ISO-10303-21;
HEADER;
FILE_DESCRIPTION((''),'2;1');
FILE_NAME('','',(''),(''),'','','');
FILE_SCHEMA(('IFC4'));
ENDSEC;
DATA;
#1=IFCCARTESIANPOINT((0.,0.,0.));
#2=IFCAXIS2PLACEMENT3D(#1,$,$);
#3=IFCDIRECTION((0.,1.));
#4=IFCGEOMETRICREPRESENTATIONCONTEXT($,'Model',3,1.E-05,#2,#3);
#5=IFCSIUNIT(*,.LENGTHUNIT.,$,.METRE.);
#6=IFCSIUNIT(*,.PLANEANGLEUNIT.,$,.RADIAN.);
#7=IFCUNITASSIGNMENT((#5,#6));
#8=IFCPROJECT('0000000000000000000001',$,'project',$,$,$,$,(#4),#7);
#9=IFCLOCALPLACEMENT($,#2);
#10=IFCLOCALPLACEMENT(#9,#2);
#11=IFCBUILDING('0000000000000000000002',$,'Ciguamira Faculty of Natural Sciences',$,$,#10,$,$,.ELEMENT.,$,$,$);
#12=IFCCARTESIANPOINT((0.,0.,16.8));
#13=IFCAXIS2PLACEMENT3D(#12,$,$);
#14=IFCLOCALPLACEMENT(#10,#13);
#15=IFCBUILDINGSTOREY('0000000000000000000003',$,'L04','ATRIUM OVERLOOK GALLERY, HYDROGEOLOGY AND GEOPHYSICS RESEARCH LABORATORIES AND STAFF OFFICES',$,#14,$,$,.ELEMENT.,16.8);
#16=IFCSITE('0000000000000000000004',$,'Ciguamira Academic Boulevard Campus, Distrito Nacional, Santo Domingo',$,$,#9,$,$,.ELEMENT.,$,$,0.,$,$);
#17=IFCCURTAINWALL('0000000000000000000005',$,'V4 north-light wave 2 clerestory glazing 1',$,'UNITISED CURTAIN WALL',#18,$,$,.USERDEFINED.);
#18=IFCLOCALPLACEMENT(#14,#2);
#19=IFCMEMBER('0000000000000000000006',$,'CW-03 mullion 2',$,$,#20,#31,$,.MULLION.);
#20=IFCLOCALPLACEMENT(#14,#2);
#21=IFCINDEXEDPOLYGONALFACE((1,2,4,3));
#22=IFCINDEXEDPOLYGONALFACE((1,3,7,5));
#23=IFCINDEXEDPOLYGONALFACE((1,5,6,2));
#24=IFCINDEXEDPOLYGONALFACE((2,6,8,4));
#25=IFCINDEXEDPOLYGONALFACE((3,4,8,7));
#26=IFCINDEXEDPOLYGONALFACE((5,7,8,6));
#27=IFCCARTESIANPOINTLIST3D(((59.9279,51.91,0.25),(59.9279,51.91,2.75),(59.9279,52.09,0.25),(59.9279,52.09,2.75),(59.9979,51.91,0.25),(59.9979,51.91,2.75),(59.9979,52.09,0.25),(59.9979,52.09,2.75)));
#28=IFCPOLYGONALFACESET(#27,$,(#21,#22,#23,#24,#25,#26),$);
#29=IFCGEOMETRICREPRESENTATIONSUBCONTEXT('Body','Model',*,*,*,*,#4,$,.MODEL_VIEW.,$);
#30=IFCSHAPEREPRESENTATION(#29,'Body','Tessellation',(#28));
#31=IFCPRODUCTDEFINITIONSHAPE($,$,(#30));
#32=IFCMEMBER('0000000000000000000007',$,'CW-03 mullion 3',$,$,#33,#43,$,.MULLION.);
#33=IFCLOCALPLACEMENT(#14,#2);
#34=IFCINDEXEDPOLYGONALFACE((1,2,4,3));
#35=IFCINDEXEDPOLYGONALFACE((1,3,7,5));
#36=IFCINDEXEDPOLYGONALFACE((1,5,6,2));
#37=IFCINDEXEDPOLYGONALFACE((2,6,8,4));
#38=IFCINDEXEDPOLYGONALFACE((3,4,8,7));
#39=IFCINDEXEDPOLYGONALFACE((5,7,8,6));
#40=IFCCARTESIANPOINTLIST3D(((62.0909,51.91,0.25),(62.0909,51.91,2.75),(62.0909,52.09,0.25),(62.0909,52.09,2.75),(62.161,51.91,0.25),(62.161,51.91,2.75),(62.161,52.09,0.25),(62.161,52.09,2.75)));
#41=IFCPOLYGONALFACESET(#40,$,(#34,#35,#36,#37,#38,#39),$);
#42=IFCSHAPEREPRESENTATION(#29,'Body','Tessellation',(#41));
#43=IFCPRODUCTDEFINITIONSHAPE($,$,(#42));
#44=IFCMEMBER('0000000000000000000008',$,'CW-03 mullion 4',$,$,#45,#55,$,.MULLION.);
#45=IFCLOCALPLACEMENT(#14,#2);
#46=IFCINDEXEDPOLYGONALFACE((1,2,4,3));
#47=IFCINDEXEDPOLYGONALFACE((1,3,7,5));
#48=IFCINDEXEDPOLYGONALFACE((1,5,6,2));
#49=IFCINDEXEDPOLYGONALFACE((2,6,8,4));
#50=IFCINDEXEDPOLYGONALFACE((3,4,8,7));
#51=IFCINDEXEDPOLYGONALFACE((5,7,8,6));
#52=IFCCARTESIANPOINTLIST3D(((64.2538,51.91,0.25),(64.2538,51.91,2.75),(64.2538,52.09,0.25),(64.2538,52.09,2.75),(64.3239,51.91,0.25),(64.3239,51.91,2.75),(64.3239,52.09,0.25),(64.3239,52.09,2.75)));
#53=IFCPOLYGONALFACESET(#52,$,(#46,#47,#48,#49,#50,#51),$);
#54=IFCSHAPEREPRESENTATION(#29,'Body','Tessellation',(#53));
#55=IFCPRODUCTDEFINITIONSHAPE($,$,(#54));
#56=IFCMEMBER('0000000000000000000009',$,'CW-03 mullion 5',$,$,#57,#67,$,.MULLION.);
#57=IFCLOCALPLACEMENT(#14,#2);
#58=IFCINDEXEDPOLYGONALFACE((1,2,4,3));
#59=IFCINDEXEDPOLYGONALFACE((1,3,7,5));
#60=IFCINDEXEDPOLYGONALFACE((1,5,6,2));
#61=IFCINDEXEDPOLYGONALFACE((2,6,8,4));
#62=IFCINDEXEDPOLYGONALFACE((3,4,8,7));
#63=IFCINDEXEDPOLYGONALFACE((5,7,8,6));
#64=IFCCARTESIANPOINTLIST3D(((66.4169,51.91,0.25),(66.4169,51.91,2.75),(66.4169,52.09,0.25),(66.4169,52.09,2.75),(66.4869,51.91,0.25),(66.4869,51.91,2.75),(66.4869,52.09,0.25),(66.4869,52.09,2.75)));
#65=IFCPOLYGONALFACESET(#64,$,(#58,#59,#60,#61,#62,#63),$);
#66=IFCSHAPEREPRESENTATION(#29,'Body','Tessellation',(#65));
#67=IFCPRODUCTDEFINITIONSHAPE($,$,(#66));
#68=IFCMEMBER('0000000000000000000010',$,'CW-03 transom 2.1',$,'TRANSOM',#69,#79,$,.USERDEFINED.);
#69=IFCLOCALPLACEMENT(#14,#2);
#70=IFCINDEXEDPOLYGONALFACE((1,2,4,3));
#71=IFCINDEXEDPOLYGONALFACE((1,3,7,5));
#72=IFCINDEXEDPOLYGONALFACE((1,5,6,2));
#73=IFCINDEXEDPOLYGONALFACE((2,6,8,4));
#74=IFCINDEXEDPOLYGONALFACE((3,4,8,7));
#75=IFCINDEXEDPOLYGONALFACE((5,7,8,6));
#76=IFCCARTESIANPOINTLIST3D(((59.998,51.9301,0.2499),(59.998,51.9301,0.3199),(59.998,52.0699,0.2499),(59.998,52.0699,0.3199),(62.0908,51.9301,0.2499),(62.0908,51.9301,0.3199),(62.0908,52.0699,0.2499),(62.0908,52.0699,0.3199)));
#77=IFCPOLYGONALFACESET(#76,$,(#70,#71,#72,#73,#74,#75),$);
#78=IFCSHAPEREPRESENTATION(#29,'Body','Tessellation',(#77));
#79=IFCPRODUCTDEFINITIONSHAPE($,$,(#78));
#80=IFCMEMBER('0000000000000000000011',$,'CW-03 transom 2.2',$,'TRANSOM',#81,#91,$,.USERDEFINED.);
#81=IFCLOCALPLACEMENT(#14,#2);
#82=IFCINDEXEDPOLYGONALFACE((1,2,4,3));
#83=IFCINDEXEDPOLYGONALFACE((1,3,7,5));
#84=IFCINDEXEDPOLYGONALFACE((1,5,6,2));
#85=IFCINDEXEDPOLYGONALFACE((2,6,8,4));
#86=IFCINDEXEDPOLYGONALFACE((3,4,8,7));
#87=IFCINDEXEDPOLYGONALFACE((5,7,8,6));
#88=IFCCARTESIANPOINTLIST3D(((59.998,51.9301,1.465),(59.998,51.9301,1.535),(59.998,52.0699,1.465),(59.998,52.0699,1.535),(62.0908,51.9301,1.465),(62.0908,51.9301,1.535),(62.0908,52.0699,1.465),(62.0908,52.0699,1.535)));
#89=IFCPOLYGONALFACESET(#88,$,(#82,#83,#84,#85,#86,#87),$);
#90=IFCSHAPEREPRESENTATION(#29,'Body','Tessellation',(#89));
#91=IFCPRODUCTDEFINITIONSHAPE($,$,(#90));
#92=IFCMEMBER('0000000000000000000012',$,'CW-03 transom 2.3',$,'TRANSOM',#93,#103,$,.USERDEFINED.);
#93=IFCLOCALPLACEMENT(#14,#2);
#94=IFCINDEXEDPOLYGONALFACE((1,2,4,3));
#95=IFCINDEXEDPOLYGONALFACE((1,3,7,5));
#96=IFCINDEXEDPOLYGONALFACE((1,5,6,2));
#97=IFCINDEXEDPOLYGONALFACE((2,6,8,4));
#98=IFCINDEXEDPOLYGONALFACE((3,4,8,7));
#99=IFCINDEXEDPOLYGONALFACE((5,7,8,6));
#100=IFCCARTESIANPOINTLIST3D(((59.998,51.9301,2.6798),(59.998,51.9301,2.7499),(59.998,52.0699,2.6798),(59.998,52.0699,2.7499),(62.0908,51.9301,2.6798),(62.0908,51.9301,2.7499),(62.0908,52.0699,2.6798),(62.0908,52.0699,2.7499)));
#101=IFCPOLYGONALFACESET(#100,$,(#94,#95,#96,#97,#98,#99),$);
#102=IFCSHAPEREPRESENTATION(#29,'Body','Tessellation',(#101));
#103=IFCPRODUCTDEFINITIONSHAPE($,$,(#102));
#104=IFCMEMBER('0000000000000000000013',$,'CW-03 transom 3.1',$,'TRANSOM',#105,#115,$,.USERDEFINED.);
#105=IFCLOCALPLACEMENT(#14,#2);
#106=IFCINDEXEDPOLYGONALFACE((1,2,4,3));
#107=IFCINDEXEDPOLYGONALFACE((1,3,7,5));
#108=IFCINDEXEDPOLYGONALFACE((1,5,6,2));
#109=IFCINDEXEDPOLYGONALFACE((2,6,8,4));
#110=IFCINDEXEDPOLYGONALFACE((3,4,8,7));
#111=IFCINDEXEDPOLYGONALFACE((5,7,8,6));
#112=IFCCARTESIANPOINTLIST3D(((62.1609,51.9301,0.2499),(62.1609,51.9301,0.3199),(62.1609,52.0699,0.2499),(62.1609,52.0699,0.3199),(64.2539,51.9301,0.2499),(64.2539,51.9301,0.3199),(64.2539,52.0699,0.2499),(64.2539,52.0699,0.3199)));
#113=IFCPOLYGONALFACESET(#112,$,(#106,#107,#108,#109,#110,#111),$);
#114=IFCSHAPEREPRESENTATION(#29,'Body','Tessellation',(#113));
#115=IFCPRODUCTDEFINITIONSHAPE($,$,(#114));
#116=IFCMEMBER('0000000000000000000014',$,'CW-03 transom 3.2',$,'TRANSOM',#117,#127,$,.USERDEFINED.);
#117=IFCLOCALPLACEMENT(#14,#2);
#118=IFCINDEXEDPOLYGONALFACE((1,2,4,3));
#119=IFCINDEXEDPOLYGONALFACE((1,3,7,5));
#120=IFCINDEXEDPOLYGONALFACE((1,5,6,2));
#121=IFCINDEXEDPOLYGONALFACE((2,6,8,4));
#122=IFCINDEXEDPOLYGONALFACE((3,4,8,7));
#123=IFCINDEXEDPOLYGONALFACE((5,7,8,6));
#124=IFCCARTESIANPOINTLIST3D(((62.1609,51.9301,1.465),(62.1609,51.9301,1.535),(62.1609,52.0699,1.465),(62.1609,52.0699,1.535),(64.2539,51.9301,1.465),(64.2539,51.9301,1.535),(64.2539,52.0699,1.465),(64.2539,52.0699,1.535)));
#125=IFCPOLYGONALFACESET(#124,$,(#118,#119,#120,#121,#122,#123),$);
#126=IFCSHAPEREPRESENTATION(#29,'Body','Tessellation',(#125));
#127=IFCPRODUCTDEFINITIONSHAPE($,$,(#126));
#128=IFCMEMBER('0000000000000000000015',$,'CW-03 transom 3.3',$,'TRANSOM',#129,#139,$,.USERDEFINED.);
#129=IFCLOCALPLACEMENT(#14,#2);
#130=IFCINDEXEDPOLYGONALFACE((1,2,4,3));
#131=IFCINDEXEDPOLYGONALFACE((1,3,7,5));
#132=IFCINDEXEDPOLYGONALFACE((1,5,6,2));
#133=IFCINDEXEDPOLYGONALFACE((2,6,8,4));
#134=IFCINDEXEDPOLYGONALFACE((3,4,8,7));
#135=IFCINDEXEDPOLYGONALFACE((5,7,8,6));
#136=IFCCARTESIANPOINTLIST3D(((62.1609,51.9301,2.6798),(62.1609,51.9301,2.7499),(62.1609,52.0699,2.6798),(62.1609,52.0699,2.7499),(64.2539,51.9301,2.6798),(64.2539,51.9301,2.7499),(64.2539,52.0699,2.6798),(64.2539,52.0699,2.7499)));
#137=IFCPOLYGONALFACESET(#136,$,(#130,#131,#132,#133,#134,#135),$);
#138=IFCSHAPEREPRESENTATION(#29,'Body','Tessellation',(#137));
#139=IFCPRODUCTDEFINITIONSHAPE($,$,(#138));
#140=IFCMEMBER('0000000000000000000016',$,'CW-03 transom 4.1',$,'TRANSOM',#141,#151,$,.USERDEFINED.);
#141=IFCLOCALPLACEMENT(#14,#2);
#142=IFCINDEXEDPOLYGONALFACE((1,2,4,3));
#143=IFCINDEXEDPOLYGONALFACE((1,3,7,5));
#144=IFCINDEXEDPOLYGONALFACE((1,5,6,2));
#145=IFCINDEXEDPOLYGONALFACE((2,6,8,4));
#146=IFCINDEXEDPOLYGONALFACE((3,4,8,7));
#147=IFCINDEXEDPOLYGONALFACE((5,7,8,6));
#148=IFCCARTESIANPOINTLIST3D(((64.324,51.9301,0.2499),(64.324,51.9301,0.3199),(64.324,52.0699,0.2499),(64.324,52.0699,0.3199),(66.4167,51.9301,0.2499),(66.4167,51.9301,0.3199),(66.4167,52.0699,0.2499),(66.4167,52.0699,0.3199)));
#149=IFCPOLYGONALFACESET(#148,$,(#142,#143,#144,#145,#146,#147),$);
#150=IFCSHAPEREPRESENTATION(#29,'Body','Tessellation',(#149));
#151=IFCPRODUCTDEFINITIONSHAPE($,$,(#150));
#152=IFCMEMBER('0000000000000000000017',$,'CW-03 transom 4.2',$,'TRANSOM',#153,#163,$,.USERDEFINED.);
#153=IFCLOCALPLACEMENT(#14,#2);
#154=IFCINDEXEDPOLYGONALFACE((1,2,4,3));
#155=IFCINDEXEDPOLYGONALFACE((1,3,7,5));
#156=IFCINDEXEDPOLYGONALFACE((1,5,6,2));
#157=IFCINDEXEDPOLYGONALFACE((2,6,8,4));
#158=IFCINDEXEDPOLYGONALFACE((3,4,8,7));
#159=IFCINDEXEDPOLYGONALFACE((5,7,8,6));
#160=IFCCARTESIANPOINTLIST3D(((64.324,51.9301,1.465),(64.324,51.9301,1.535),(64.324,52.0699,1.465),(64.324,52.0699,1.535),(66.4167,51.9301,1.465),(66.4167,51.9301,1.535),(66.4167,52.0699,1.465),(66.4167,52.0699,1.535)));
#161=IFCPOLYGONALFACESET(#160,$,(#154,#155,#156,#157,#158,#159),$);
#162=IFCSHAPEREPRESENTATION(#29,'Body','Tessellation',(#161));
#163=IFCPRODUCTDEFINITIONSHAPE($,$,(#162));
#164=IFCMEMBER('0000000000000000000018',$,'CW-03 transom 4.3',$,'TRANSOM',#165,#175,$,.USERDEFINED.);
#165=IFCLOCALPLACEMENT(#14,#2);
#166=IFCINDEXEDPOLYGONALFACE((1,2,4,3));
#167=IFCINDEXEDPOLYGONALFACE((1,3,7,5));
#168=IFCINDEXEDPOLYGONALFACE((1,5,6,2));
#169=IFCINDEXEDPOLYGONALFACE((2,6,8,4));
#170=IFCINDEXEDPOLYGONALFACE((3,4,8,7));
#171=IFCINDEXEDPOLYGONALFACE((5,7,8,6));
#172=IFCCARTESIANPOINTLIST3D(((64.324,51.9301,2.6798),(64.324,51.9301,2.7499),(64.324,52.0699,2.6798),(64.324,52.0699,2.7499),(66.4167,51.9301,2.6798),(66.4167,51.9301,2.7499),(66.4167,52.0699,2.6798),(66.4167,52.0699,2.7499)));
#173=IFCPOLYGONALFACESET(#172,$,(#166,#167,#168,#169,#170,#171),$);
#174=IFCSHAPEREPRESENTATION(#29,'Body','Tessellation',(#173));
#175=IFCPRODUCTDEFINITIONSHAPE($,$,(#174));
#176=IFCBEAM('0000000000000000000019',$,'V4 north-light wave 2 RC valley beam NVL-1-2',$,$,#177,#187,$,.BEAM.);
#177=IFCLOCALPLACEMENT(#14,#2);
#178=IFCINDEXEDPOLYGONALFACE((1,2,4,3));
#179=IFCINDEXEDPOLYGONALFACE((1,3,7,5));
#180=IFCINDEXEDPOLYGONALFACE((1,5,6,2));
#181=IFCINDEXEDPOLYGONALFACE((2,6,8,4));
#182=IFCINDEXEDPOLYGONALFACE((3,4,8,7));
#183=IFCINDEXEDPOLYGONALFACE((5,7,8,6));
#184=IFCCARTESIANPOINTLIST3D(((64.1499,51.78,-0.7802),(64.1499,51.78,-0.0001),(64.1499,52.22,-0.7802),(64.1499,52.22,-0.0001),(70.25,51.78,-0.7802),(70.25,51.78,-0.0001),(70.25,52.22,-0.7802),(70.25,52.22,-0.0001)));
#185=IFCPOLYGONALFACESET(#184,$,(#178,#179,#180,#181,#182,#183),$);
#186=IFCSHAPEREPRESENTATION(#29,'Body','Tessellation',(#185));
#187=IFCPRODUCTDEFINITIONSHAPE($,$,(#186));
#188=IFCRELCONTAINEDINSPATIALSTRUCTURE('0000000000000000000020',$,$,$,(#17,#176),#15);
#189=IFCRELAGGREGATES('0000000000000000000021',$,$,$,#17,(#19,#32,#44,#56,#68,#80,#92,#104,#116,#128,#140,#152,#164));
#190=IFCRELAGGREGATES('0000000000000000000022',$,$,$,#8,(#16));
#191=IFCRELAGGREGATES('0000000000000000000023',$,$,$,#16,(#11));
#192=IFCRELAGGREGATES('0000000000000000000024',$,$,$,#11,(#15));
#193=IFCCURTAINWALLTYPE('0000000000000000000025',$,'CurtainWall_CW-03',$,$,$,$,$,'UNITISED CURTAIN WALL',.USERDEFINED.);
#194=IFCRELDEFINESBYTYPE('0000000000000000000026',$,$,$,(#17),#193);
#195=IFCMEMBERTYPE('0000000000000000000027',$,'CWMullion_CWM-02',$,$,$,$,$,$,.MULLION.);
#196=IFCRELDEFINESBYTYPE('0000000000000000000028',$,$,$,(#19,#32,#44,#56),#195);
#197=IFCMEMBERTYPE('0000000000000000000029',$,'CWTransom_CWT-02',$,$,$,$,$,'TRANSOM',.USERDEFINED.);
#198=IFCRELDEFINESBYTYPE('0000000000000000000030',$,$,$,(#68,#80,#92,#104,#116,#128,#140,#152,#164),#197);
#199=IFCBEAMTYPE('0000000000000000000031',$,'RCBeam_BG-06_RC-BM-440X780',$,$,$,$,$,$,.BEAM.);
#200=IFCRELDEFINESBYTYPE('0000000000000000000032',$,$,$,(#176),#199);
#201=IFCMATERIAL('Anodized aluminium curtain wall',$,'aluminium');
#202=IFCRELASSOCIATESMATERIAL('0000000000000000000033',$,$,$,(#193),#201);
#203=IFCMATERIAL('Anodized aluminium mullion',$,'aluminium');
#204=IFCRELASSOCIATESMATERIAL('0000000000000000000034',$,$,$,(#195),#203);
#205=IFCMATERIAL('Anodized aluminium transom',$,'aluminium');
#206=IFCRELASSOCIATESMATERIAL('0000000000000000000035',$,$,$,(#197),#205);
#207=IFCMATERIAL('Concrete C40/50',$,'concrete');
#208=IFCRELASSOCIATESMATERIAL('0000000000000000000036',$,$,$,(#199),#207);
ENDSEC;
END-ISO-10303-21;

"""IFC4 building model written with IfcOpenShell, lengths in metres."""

from ifc_helpers import new_model, si_unit, direction, frame, origin, origin_2d, place, context, subcontext, project, spatial, rectangle, extrude, material, material_profile, profile_set, type_object, element, aggregate, save


model = new_model("IFC4")

# Units and contexts
model_context = context("Model", 3, precision=1e-05, world=origin(), true_north=direction((0.0, 1.0)))
body_context = subcontext(model_context, "Body", "Model", "MODEL_VIEW")
ifc_project = project(units=[si_unit("LENGTHUNIT", "METRE"), si_unit("PLANEANGLEUNIT", "RADIAN")], contexts=[model_context])

# Site, building, storey
site_placement = place(None, origin())
site = spatial("IfcSite", under=ifc_project, at=site_placement, Name="Ciguamira Academic Boulevard Campus, Distrito Nacional, Santo Domingo", CompositionType="ELEMENT", RefElevation=0.0)
building_placement = place(site_placement, origin())
building = spatial("IfcBuilding", under=site, at=building_placement, Name="Ciguamira Faculty of Natural Sciences", CompositionType="ELEMENT")
storey_placement = place(building_placement, frame((0.0, 0.0, 16.8)))
storey = spatial("IfcBuildingStorey", under=building, at=storey_placement, Name="L04", Description="ATRIUM OVERLOOK GALLERY, HYDROGEOLOGY AND GEOPHYSICS RESEARCH LABORATORIES AND STAFF OFFICES", CompositionType="ELEMENT", Elevation=16.8)

# Curtain wall, members
ifc_material_1 = material(Name="Anodized aluminium curtain wall", Category="aluminium")
curtain_wall_type = type_object("IfcCurtainWallType", Name="CurtainWall_CW-03", ElementType="UNITISED CURTAIN WALL", PredefinedType="USERDEFINED", material=ifc_material_1)
curtain_wall_placement = place(storey_placement, origin())
curtain_wall = element("IfcCurtainWall", 1, at=curtain_wall_placement, inside=storey, type_object=curtain_wall_type, Name="V4 north-light wave 2 clerestory glazing 1", ObjectType="UNITISED CURTAIN WALL", PredefinedType="USERDEFINED")
ifc_material_2 = material(Name="Anodized aluminium mullion", Category="aluminium")
ifc_material_profile_1 = material_profile(ifc_material_2, rectangle(XDim=0.0701, YDim=0.1799, at=origin_2d()), Name="ALU-MUL-70X180")
ifc_profile_set_1 = profile_set([ifc_material_profile_1], Name="Anodized aluminium mullion")
member_type_1 = type_object("IfcMemberType", Name="CWMullion_CWM-02", PredefinedType="MULLION", material=ifc_profile_set_1)
member_1_placement = place(storey_placement, frame((59.9629, 52.0, 0.25), z_axis=(0.0, 0.0, 1.0), x_axis=(1.0, 0.0, 0.0)))
member_1 = element("IfcMember", 2, at=member_1_placement, type_object=member_type_1, Name="CW-03 mullion 2", PredefinedType="MULLION", context=body_context, shape_type="SweptSolid", body=[
    extrude(rectangle(XDim=0.0701, YDim=0.1799, at=origin_2d()), origin(), (0.0, 0.0, 1.0), 2.5),
])
member_2_placement = place(storey_placement, frame((62.126, 52.0, 0.25), z_axis=(0.0, 0.0, 1.0), x_axis=(1.0, 0.0, 0.0)))
member_2 = element("IfcMember", 3, at=member_2_placement, type_object=member_type_1, Name="CW-03 mullion 3", PredefinedType="MULLION", context=body_context, shape_type="SweptSolid", body=[
    extrude(rectangle(XDim=0.0701, YDim=0.1799, at=origin_2d()), origin(), (0.0, 0.0, 1.0), 2.5),
])
member_3_placement = place(storey_placement, frame((64.2888, 52.0, 0.25), z_axis=(0.0, 0.0, 1.0), x_axis=(1.0, 0.0, 0.0)))
member_3 = element("IfcMember", 4, at=member_3_placement, type_object=member_type_1, Name="CW-03 mullion 4", PredefinedType="MULLION", context=body_context, shape_type="SweptSolid", body=[
    extrude(rectangle(XDim=0.0701, YDim=0.1799, at=origin_2d()), origin(), (0.0, 0.0, 1.0), 2.5),
])
member_4_placement = place(storey_placement, frame((66.4519, 52.0, 0.25), z_axis=(0.0, 0.0, 1.0), x_axis=(1.0, 0.0, 0.0)))
member_4 = element("IfcMember", 5, at=member_4_placement, type_object=member_type_1, Name="CW-03 mullion 5", PredefinedType="MULLION", context=body_context, shape_type="SweptSolid", body=[
    extrude(rectangle(XDim=0.0701, YDim=0.1799, at=origin_2d()), origin(), (0.0, 0.0, 1.0), 2.5),
])
ifc_material_3 = material(Name="Anodized aluminium transom", Category="aluminium")
ifc_material_profile_2 = material_profile(ifc_material_3, rectangle(XDim=0.0701, YDim=0.1399, at=origin_2d()), Name="ALU-TRN-70X140")
ifc_profile_set_2 = profile_set([ifc_material_profile_2], Name="Anodized aluminium transom")
member_type_2 = type_object("IfcMemberType", Name="CWTransom_CWT-02", ElementType="TRANSOM", PredefinedType="USERDEFINED", material=ifc_profile_set_2)
member_5_placement = place(storey_placement, frame((59.998, 52.0, 0.2849), z_axis=(1.0, 0.0, 0.0), x_axis=(0.0, 0.0, 1.0)))
member_5 = element("IfcMember", 6, at=member_5_placement, type_object=member_type_2, Name="CW-03 transom 2.1", ObjectType="TRANSOM", PredefinedType="USERDEFINED", context=body_context, shape_type="SweptSolid", body=[
    extrude(rectangle(XDim=0.0701, YDim=0.1399, at=origin_2d()), origin(), (0.0, 0.0, 1.0), 2.0928),
])
member_6_placement = place(storey_placement, frame((59.998, 52.0, 1.5), z_axis=(1.0, 0.0, 0.0), x_axis=(0.0, 0.0, 1.0)))
member_6 = element("IfcMember", 7, at=member_6_placement, type_object=member_type_2, Name="CW-03 transom 2.2", ObjectType="TRANSOM", PredefinedType="USERDEFINED", context=body_context, shape_type="SweptSolid", body=[
    extrude(rectangle(XDim=0.0701, YDim=0.1399, at=origin_2d()), origin(), (0.0, 0.0, 1.0), 2.0928),
])
member_7_placement = place(storey_placement, frame((59.998, 52.0, 2.7148), z_axis=(1.0, 0.0, 0.0), x_axis=(0.0, 0.0, 1.0)))
member_7 = element("IfcMember", 8, at=member_7_placement, type_object=member_type_2, Name="CW-03 transom 2.3", ObjectType="TRANSOM", PredefinedType="USERDEFINED", context=body_context, shape_type="SweptSolid", body=[
    extrude(rectangle(XDim=0.0701, YDim=0.1399, at=origin_2d()), origin(), (0.0, 0.0, 1.0), 2.0928),
])
member_8_placement = place(storey_placement, frame((62.1609, 52.0, 0.2849), z_axis=(1.0, 0.0, 0.0), x_axis=(0.0, 0.0, 1.0)))
member_8 = element("IfcMember", 9, at=member_8_placement, type_object=member_type_2, Name="CW-03 transom 3.1", ObjectType="TRANSOM", PredefinedType="USERDEFINED", context=body_context, shape_type="SweptSolid", body=[
    extrude(rectangle(XDim=0.0701, YDim=0.1399, at=origin_2d()), origin(), (0.0, 0.0, 1.0), 2.093),
])
member_9_placement = place(storey_placement, frame((62.1609, 52.0, 1.5), z_axis=(1.0, 0.0, 0.0), x_axis=(0.0, 0.0, 1.0)))
member_9 = element("IfcMember", 10, at=member_9_placement, type_object=member_type_2, Name="CW-03 transom 3.2", ObjectType="TRANSOM", PredefinedType="USERDEFINED", context=body_context, shape_type="SweptSolid", body=[
    extrude(rectangle(XDim=0.0701, YDim=0.1399, at=origin_2d()), origin(), (0.0, 0.0, 1.0), 2.093),
])
member_10_placement = place(storey_placement, frame((62.1609, 52.0, 2.7148), z_axis=(1.0, 0.0, 0.0), x_axis=(0.0, 0.0, 1.0)))
member_10 = element("IfcMember", 11, at=member_10_placement, type_object=member_type_2, Name="CW-03 transom 3.3", ObjectType="TRANSOM", PredefinedType="USERDEFINED", context=body_context, shape_type="SweptSolid", body=[
    extrude(rectangle(XDim=0.0701, YDim=0.1399, at=origin_2d()), origin(), (0.0, 0.0, 1.0), 2.093),
])
member_11_placement = place(storey_placement, frame((64.324, 52.0, 0.2849), z_axis=(1.0, 0.0, 0.0), x_axis=(0.0, 0.0, 1.0)))
member_11 = element("IfcMember", 12, at=member_11_placement, type_object=member_type_2, Name="CW-03 transom 4.1", ObjectType="TRANSOM", PredefinedType="USERDEFINED", context=body_context, shape_type="SweptSolid", body=[
    extrude(rectangle(XDim=0.0701, YDim=0.1399, at=origin_2d()), origin(), (0.0, 0.0, 1.0), 2.0928),
])
member_12_placement = place(storey_placement, frame((64.324, 52.0, 1.5), z_axis=(1.0, 0.0, 0.0), x_axis=(0.0, 0.0, 1.0)))
member_12 = element("IfcMember", 13, at=member_12_placement, type_object=member_type_2, Name="CW-03 transom 4.2", ObjectType="TRANSOM", PredefinedType="USERDEFINED", context=body_context, shape_type="SweptSolid", body=[
    extrude(rectangle(XDim=0.0701, YDim=0.1399, at=origin_2d()), origin(), (0.0, 0.0, 1.0), 2.0928),
])
member_13_placement = place(storey_placement, frame((64.324, 52.0, 2.7148), z_axis=(1.0, 0.0, 0.0), x_axis=(0.0, 0.0, 1.0)))
member_13 = element("IfcMember", 14, at=member_13_placement, type_object=member_type_2, Name="CW-03 transom 4.3", ObjectType="TRANSOM", PredefinedType="USERDEFINED", context=body_context, shape_type="SweptSolid", body=[
    extrude(rectangle(XDim=0.0701, YDim=0.1399, at=origin_2d()), origin(), (0.0, 0.0, 1.0), 2.0928),
])

# Beam
ifc_material_4 = material(Name="Concrete C40/50", Category="concrete")
ifc_material_profile_3 = material_profile(ifc_material_4, rectangle(XDim=0.4399, YDim=0.78, at=origin_2d()), Name="RC-BM-440X780")
ifc_profile_set_3 = profile_set([ifc_material_profile_3], Name="Concrete C40/50")
beam_type = type_object("IfcBeamType", Name="RCBeam_BG-06_RC-BM-440X780", PredefinedType="BEAM", material=ifc_profile_set_3)
beam_placement = place(storey_placement, frame((64.1499, 52.0, -0.3901), z_axis=(1.0, 0.0, 0.0), x_axis=(0.0, 1.0, 0.0)))
element("IfcBeam", 15, at=beam_placement, inside=storey, type_object=beam_type, Name="V4 north-light wave 2 RC valley beam NVL-1-2", PredefinedType="BEAM", context=body_context, shape_type="SweptSolid", body=[
    extrude(rectangle(XDim=0.4399, YDim=0.78, at=origin_2d()), origin(), (0.0, 0.0, 1.0), 6.1001),
])

aggregate(curtain_wall, [member_1, member_2, member_3, member_4, member_5, member_6, member_7, member_8, member_9, member_10, member_11, member_12, member_13])

save(model, "model.ifc")
